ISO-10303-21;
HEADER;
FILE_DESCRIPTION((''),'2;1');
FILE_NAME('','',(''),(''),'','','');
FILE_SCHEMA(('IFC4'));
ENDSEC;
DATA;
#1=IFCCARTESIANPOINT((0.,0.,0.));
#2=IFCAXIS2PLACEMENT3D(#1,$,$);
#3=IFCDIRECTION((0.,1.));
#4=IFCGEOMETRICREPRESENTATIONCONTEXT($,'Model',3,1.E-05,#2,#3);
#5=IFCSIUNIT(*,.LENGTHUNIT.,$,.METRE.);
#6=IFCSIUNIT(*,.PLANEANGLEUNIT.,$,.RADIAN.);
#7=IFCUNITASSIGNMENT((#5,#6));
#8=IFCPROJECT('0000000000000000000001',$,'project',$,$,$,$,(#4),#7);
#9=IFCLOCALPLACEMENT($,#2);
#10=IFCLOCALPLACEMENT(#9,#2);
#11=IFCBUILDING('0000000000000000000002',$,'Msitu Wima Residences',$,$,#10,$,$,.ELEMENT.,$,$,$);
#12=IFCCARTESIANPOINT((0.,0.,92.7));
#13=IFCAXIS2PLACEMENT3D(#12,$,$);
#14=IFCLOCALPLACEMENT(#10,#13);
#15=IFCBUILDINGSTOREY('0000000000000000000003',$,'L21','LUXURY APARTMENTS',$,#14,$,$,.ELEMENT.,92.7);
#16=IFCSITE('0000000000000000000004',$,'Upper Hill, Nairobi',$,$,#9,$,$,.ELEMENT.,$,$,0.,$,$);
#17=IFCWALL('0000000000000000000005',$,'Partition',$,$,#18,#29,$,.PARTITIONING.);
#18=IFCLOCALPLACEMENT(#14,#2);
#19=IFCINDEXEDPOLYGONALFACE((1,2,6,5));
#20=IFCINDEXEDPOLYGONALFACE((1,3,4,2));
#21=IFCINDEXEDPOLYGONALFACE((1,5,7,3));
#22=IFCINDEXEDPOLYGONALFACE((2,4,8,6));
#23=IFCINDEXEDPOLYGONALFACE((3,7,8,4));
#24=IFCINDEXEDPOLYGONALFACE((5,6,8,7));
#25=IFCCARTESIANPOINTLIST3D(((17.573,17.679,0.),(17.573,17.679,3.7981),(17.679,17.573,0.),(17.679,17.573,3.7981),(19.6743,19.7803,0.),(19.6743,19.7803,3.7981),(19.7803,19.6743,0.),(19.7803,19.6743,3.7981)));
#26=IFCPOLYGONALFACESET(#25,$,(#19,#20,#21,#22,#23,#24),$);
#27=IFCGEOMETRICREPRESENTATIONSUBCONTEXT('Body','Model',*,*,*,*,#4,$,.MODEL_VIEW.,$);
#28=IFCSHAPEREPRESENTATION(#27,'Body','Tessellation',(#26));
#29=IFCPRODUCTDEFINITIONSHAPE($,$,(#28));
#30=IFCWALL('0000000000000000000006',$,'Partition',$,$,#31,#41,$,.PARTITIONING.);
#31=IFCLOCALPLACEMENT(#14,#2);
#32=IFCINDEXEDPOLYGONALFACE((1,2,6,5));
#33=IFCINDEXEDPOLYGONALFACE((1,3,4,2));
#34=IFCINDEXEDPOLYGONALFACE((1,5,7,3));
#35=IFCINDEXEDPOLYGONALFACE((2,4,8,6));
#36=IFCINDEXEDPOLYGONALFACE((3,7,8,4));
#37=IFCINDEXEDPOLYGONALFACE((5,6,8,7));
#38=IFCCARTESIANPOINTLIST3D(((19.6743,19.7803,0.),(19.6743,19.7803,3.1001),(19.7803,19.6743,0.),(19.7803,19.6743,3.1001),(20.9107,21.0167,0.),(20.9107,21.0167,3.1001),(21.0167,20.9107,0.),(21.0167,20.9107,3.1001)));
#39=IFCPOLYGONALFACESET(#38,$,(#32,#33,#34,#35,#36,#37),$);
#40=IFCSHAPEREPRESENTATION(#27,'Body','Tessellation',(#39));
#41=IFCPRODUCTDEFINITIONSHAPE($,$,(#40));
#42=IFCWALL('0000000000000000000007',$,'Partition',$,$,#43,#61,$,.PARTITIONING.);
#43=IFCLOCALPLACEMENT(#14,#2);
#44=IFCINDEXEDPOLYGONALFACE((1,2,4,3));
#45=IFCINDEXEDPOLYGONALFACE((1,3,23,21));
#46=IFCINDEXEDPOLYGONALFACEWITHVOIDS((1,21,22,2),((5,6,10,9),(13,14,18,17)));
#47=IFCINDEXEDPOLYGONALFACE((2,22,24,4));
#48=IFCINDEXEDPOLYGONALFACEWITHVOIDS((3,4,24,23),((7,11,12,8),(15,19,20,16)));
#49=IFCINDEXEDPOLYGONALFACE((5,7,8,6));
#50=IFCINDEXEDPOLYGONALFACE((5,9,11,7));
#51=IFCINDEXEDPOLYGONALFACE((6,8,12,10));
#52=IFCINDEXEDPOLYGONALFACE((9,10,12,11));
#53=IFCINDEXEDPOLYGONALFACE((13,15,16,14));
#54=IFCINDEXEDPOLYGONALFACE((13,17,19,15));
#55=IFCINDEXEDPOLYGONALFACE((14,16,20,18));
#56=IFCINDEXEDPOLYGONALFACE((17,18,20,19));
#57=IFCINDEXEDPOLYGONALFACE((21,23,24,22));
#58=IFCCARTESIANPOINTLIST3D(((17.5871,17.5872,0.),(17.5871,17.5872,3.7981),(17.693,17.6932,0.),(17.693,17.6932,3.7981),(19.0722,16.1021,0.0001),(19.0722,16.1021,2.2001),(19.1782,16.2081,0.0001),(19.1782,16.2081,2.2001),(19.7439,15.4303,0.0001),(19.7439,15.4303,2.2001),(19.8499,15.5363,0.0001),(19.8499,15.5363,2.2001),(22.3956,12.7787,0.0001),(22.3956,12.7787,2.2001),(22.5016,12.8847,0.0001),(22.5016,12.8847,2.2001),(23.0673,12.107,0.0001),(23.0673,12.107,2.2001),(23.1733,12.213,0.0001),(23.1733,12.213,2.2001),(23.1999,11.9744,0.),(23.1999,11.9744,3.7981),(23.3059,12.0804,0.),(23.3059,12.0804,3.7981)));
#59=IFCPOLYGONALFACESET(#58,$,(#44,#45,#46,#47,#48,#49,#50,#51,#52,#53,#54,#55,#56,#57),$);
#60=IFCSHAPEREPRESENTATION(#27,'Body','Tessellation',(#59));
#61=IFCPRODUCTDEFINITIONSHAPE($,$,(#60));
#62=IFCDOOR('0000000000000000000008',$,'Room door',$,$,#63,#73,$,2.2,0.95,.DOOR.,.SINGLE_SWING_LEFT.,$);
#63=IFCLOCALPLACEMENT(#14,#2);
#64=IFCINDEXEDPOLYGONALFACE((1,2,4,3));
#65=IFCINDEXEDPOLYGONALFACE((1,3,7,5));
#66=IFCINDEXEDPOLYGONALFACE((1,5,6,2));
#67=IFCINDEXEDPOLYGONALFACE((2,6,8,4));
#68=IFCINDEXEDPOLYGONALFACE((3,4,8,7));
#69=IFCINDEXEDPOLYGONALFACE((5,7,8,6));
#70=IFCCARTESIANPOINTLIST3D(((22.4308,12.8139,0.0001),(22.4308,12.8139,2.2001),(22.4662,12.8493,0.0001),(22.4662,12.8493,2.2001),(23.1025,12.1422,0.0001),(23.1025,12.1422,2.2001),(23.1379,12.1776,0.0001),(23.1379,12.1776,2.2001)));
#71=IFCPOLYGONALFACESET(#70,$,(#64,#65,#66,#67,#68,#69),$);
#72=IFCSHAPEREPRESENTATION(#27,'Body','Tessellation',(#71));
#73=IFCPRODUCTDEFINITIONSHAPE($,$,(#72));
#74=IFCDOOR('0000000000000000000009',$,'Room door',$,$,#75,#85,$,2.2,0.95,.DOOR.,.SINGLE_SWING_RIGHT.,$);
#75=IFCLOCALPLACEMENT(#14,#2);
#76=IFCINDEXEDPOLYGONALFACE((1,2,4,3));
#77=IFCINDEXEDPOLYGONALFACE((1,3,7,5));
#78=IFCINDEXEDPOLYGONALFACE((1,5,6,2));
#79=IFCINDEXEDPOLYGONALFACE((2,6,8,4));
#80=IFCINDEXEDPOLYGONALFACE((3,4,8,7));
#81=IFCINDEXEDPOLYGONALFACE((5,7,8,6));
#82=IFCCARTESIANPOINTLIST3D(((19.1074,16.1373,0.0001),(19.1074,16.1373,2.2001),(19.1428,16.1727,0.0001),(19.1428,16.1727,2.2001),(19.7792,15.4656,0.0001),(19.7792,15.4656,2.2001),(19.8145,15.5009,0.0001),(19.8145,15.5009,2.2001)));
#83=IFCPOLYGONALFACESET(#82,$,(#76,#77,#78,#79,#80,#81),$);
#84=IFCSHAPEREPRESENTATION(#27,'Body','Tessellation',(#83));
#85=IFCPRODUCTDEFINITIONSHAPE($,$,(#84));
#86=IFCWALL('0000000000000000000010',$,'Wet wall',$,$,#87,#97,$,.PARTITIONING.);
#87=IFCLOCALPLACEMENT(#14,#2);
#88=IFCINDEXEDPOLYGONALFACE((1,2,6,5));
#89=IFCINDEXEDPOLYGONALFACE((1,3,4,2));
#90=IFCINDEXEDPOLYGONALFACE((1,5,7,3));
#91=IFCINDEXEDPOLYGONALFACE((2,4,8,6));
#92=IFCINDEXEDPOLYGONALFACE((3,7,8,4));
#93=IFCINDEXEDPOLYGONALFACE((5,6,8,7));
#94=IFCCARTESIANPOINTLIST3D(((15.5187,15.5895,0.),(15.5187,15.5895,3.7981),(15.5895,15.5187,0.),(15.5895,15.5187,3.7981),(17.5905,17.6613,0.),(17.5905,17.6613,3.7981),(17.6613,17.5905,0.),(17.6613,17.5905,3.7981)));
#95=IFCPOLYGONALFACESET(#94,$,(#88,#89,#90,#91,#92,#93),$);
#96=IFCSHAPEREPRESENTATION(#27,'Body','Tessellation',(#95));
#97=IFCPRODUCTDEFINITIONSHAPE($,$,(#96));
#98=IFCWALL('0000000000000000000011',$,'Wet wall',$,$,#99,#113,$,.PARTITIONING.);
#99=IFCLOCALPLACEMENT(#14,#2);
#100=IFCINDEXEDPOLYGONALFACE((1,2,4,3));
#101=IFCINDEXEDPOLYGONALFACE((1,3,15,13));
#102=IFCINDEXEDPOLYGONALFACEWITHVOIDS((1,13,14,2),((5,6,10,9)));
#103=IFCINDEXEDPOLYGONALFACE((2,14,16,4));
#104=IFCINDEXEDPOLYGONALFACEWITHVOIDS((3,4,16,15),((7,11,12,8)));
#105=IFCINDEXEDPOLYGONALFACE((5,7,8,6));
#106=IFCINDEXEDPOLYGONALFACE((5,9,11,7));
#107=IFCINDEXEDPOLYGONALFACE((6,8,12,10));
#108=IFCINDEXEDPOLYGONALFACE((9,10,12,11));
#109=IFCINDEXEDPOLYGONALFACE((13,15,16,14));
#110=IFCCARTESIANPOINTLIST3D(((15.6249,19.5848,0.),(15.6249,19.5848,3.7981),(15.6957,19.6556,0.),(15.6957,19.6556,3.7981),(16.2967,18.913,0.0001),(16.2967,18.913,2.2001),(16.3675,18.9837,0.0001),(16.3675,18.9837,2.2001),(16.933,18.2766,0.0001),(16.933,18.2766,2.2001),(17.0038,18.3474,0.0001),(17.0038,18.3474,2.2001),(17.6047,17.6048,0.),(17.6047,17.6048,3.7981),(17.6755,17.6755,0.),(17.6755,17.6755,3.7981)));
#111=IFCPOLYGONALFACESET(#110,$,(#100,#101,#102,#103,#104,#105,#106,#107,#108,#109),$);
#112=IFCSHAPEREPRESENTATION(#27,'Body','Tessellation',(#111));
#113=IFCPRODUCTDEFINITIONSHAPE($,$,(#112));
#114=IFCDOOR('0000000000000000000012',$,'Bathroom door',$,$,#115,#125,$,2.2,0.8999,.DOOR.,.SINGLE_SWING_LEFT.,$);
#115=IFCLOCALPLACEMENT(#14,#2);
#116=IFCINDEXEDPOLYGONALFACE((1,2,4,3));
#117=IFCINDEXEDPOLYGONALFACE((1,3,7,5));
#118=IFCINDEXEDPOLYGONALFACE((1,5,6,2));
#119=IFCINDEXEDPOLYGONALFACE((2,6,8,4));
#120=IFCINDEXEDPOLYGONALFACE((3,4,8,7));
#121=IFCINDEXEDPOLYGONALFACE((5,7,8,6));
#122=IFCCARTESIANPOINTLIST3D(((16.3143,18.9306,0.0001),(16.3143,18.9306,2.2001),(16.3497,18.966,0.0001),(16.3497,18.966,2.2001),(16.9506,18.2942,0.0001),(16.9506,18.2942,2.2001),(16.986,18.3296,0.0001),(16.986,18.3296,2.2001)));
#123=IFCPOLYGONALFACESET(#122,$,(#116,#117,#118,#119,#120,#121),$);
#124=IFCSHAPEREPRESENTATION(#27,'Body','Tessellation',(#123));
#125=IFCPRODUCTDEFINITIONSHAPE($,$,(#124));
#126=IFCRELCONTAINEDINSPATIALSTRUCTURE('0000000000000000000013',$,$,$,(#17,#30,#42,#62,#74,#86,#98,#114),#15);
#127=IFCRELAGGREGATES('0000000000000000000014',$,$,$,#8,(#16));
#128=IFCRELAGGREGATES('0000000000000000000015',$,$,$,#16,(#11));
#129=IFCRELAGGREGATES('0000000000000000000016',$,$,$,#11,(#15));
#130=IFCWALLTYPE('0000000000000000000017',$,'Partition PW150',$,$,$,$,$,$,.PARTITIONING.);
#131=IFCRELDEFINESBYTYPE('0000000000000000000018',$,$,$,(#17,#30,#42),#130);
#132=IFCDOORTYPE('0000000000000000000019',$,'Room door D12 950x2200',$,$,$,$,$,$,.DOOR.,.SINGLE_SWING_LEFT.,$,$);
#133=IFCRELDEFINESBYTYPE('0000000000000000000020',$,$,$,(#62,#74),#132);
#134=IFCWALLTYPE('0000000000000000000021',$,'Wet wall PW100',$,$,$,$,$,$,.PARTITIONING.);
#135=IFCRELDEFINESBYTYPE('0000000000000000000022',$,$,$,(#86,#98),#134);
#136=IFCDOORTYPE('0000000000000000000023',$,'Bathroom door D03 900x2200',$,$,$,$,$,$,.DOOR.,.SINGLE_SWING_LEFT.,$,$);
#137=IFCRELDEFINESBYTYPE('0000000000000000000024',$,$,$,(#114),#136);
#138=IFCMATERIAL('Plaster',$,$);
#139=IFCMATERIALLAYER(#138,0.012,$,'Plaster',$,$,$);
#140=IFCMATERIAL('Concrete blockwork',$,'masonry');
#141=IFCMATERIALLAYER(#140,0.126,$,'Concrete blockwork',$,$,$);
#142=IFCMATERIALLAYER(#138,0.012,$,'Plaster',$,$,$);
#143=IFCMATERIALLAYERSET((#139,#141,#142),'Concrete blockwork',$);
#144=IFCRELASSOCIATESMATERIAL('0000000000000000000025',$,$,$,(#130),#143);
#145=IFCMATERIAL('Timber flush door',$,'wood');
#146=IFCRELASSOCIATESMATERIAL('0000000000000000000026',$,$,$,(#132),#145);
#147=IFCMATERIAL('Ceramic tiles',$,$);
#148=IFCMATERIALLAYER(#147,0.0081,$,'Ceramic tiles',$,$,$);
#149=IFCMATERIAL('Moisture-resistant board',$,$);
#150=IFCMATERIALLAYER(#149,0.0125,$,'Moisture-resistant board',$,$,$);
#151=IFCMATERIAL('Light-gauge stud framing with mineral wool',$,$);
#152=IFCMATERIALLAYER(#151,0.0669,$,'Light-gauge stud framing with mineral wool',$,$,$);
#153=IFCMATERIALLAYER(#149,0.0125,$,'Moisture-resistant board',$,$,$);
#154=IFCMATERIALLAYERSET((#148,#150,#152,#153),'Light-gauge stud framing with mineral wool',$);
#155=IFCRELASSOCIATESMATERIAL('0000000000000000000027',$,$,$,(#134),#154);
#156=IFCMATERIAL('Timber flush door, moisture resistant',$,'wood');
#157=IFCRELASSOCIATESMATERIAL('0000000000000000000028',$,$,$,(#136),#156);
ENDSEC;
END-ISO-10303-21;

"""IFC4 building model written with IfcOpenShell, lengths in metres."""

from ifc_helpers import new_model, si_unit, direction, frame, frame_2d, origin, place, context, subcontext, project, spatial, rectangle, extrude, material, layer, layer_set, type_object, element, fill, save


model = new_model("IFC4")

# Units and contexts
model_context = context("Model", 3, precision=1e-05, world=origin(), true_north=direction((0.0, 1.0)))
body_context = subcontext(model_context, "Body", "Model", "MODEL_VIEW")
ifc_project = project(units=[si_unit("LENGTHUNIT", "METRE"), si_unit("PLANEANGLEUNIT", "RADIAN")], contexts=[model_context])

# Site, building, storey
site_placement = place(None, origin())
site = spatial("IfcSite", under=ifc_project, at=site_placement, Name="Upper Hill, Nairobi", CompositionType="ELEMENT", RefElevation=0.0)
building_placement = place(site_placement, origin())
building = spatial("IfcBuilding", under=site, at=building_placement, Name="Msitu Wima Residences", CompositionType="ELEMENT")
storey_placement = place(building_placement, frame((0.0, 0.0, 92.7)))
storey = spatial("IfcBuildingStorey", under=building, at=storey_placement, Name="L21", Description="LUXURY APARTMENTS", CompositionType="ELEMENT", Elevation=92.7)

# Walls
ifc_material_1 = material(Name="Plaster")
ifc_layer_1 = layer(ifc_material_1, 0.012, Name="Plaster")
ifc_material_2 = material(Name="Concrete blockwork", Category="masonry")
ifc_layer_2 = layer(ifc_material_2, 0.126, Name="Concrete blockwork")
ifc_layer_3 = layer(ifc_material_1, 0.012, Name="Plaster")
ifc_layer_set_1 = layer_set([ifc_layer_1, ifc_layer_2, ifc_layer_3], Name="Concrete blockwork")
wall_type_1 = type_object("IfcWallType", Name="Partition PW150", PredefinedType="PARTITIONING", material=ifc_layer_set_1)
wall_1_placement = place(storey_placement, frame((17.626, 17.626, 0.0), z_axis=(0.0, 0.0, 1.0), x_axis=(0.707107, 0.707107, 0.0)))
element("IfcWall", 1, at=wall_1_placement, inside=storey, type_object=wall_type_1, Name="Partition", PredefinedType="PARTITIONING", context=body_context, shape_type="SweptSolid", body=[
    extrude(rectangle(XDim=2.9717, YDim=0.1499, at=frame_2d((1.4858, 0.0))), origin(), (0.0, 0.0, 1.0), 3.7981),
])
wall_2_placement = place(storey_placement, frame((19.7273, 19.7273, 0.0), z_axis=(0.0, 0.0, 1.0), x_axis=(0.707107, 0.707107, 0.0)))
element("IfcWall", 2, at=wall_2_placement, inside=storey, type_object=wall_type_1, Name="Partition", PredefinedType="PARTITIONING", context=body_context, shape_type="SweptSolid", body=[
    extrude(rectangle(XDim=1.7485, YDim=0.1499, at=frame_2d((0.8743, 0.0))), origin(), (0.0, 0.0, 1.0), 3.1001),
])

# Wall, openings, doors
wall_3_placement = place(storey_placement, frame((17.6401, 17.6401, 0.0), z_axis=(0.0, 0.0, 1.0), x_axis=(0.707107, -0.707107, 0.0)))
wall_3 = element("IfcWall", 3, at=wall_3_placement, inside=storey, type_object=wall_type_1, Name="Partition", PredefinedType="PARTITIONING", context=body_context, shape_type="SweptSolid", body=[
    extrude(rectangle(XDim=7.9377, YDim=0.1499, at=frame_2d((3.9688, 0.0))), origin(), (0.0, 0.0, 1.0), 3.7981),
])
opening_1_placement = place(wall_3_placement, frame((6.8, 0.0, 0.0)))
opening_1 = element("IfcOpeningElement", 4, at=opening_1_placement, cuts=wall_3, PredefinedType="OPENING", context=body_context, shape_type="SweptSolid", body=[
    extrude(rectangle(XDim=0.95, YDim=2.2, at=frame_2d((0.4751, 1.1001))), frame((0.0, 0.085, 0.0), z_axis=(0.0, -1.0, 0.0), x_axis=(1.0, 0.0, 0.0)), (0.0, 0.0, 1.0), 0.1699),
])
opening_2_placement = place(wall_3_placement, frame((2.1001, 0.0, 0.0)))
opening_2 = element("IfcOpeningElement", 5, at=opening_2_placement, cuts=wall_3, PredefinedType="OPENING", context=body_context, shape_type="SweptSolid", body=[
    extrude(rectangle(XDim=0.95, YDim=2.2, at=frame_2d((0.4751, 1.1001))), frame((0.0, 0.085, 0.0), z_axis=(0.0, -1.0, 0.0), x_axis=(1.0, 0.0, 0.0)), (0.0, 0.0, 1.0), 0.1699),
])
ifc_material_3 = material(Name="Timber flush door", Category="wood")
door_type_1 = type_object("IfcDoorType", Name="Room door D12 950x2200", OperationType="SINGLE_SWING_LEFT", PredefinedType="DOOR", material=ifc_material_3)
door_1_placement = place(opening_1_placement, origin())
door_1 = element("IfcDoor", 6, at=door_1_placement, inside=storey, type_object=door_type_1, Name="Room door", OperationType="SINGLE_SWING_LEFT", OverallHeight=2.2, OverallWidth=0.95, PredefinedType="DOOR", context=body_context, shape_type="SweptSolid", body=[
    extrude(rectangle(XDim=0.95, YDim=2.2, at=frame_2d((0.4751, 1.1001))), frame((0.0, 0.0249, 0.0), z_axis=(0.0, -1.0, 0.0), x_axis=(1.0, 0.0, 0.0)), (0.0, 0.0, 1.0), 0.05),
])
fill(opening_1, door_1)
door_2_placement = place(opening_2_placement, origin())
door_2 = element("IfcDoor", 7, at=door_2_placement, inside=storey, type_object=door_type_1, Name="Room door", OperationType="SINGLE_SWING_RIGHT", OverallHeight=2.2, OverallWidth=0.95, PredefinedType="DOOR", context=body_context, shape_type="SweptSolid", body=[
    extrude(rectangle(XDim=0.95, YDim=2.2, at=frame_2d((0.4751, 1.1001))), frame((0.0, 0.0249, 0.0), z_axis=(0.0, -1.0, 0.0), x_axis=(1.0, 0.0, 0.0)), (0.0, 0.0, 1.0), 0.05),
])
fill(opening_2, door_2)

# Wall
ifc_material_4 = material(Name="Ceramic tiles")
ifc_layer_4 = layer(ifc_material_4, 0.0081, Name="Ceramic tiles")
ifc_material_5 = material(Name="Moisture-resistant board")
ifc_layer_5 = layer(ifc_material_5, 0.0125, Name="Moisture-resistant board")
ifc_material_6 = material(Name="Light-gauge stud framing with mineral wool")
ifc_layer_6 = layer(ifc_material_6, 0.0669, Name="Light-gauge stud framing with mineral wool")
ifc_layer_7 = layer(ifc_material_5, 0.0125, Name="Moisture-resistant board")
ifc_layer_set_2 = layer_set([ifc_layer_4, ifc_layer_5, ifc_layer_6, ifc_layer_7], Name="Light-gauge stud framing with mineral wool")
wall_type_2 = type_object("IfcWallType", Name="Wet wall PW100", PredefinedType="PARTITIONING", material=ifc_layer_set_2)
wall_4_placement = place(storey_placement, frame((15.5542, 15.5542, 0.0), z_axis=(0.0, 0.0, 1.0), x_axis=(0.707107, 0.707107, 0.0)))
element("IfcWall", 8, at=wall_4_placement, inside=storey, type_object=wall_type_2, Name="Wet wall", PredefinedType="PARTITIONING", context=body_context, shape_type="SweptSolid", body=[
    extrude(rectangle(XDim=2.9299, YDim=0.1001, at=frame_2d((1.4648, 0.0))), origin(), (0.0, 0.0, 1.0), 3.7981),
])

# Wall, opening, door
wall_5_placement = place(storey_placement, frame((15.6604, 19.6201, 0.0), z_axis=(0.0, 0.0, 1.0), x_axis=(0.707063, -0.70715, 0.0)))
wall_5 = element("IfcWall", 9, at=wall_5_placement, inside=storey, type_object=wall_type_2, Name="Wet wall", PredefinedType="PARTITIONING", context=body_context, shape_type="SweptSolid", body=[
    extrude(rectangle(XDim=2.8, YDim=0.1001, at=frame_2d((1.3999, 0.0))), origin(), (0.0, 0.0, 1.0), 3.7981),
])
opening_3_placement = place(wall_5_placement, frame((0.95, 0.0, 0.0)))
opening_3 = element("IfcOpeningElement", 10, at=opening_3_placement, cuts=wall_5, PredefinedType="OPENING", context=body_context, shape_type="SweptSolid", body=[
    extrude(rectangle(XDim=0.8999, YDim=2.2, at=frame_2d((0.45, 1.1001))), frame((0.0, 0.0601, 0.0), z_axis=(0.0, -1.0, 0.0), x_axis=(1.0, 0.0, 0.0)), (0.0, 0.0, 1.0), 0.1201),
])
ifc_material_7 = material(Name="Timber flush door, moisture resistant", Category="wood")
door_type_2 = type_object("IfcDoorType", Name="Bathroom door D03 900x2200", OperationType="SINGLE_SWING_LEFT", PredefinedType="DOOR", material=ifc_material_7)
door_3_placement = place(opening_3_placement, origin())
door_3 = element("IfcDoor", 11, at=door_3_placement, inside=storey, type_object=door_type_2, Name="Bathroom door", OperationType="SINGLE_SWING_LEFT", OverallHeight=2.2, OverallWidth=0.8999, PredefinedType="DOOR", context=body_context, shape_type="SweptSolid", body=[
    extrude(rectangle(XDim=0.8999, YDim=2.2, at=frame_2d((0.45, 1.1001))), frame((0.0, 0.0249, 0.0), z_axis=(0.0, -1.0, 0.0), x_axis=(1.0, 0.0, 0.0)), (0.0, 0.0, 1.0), 0.05),
])
fill(opening_3, door_3)

save(model, "model.ifc")
